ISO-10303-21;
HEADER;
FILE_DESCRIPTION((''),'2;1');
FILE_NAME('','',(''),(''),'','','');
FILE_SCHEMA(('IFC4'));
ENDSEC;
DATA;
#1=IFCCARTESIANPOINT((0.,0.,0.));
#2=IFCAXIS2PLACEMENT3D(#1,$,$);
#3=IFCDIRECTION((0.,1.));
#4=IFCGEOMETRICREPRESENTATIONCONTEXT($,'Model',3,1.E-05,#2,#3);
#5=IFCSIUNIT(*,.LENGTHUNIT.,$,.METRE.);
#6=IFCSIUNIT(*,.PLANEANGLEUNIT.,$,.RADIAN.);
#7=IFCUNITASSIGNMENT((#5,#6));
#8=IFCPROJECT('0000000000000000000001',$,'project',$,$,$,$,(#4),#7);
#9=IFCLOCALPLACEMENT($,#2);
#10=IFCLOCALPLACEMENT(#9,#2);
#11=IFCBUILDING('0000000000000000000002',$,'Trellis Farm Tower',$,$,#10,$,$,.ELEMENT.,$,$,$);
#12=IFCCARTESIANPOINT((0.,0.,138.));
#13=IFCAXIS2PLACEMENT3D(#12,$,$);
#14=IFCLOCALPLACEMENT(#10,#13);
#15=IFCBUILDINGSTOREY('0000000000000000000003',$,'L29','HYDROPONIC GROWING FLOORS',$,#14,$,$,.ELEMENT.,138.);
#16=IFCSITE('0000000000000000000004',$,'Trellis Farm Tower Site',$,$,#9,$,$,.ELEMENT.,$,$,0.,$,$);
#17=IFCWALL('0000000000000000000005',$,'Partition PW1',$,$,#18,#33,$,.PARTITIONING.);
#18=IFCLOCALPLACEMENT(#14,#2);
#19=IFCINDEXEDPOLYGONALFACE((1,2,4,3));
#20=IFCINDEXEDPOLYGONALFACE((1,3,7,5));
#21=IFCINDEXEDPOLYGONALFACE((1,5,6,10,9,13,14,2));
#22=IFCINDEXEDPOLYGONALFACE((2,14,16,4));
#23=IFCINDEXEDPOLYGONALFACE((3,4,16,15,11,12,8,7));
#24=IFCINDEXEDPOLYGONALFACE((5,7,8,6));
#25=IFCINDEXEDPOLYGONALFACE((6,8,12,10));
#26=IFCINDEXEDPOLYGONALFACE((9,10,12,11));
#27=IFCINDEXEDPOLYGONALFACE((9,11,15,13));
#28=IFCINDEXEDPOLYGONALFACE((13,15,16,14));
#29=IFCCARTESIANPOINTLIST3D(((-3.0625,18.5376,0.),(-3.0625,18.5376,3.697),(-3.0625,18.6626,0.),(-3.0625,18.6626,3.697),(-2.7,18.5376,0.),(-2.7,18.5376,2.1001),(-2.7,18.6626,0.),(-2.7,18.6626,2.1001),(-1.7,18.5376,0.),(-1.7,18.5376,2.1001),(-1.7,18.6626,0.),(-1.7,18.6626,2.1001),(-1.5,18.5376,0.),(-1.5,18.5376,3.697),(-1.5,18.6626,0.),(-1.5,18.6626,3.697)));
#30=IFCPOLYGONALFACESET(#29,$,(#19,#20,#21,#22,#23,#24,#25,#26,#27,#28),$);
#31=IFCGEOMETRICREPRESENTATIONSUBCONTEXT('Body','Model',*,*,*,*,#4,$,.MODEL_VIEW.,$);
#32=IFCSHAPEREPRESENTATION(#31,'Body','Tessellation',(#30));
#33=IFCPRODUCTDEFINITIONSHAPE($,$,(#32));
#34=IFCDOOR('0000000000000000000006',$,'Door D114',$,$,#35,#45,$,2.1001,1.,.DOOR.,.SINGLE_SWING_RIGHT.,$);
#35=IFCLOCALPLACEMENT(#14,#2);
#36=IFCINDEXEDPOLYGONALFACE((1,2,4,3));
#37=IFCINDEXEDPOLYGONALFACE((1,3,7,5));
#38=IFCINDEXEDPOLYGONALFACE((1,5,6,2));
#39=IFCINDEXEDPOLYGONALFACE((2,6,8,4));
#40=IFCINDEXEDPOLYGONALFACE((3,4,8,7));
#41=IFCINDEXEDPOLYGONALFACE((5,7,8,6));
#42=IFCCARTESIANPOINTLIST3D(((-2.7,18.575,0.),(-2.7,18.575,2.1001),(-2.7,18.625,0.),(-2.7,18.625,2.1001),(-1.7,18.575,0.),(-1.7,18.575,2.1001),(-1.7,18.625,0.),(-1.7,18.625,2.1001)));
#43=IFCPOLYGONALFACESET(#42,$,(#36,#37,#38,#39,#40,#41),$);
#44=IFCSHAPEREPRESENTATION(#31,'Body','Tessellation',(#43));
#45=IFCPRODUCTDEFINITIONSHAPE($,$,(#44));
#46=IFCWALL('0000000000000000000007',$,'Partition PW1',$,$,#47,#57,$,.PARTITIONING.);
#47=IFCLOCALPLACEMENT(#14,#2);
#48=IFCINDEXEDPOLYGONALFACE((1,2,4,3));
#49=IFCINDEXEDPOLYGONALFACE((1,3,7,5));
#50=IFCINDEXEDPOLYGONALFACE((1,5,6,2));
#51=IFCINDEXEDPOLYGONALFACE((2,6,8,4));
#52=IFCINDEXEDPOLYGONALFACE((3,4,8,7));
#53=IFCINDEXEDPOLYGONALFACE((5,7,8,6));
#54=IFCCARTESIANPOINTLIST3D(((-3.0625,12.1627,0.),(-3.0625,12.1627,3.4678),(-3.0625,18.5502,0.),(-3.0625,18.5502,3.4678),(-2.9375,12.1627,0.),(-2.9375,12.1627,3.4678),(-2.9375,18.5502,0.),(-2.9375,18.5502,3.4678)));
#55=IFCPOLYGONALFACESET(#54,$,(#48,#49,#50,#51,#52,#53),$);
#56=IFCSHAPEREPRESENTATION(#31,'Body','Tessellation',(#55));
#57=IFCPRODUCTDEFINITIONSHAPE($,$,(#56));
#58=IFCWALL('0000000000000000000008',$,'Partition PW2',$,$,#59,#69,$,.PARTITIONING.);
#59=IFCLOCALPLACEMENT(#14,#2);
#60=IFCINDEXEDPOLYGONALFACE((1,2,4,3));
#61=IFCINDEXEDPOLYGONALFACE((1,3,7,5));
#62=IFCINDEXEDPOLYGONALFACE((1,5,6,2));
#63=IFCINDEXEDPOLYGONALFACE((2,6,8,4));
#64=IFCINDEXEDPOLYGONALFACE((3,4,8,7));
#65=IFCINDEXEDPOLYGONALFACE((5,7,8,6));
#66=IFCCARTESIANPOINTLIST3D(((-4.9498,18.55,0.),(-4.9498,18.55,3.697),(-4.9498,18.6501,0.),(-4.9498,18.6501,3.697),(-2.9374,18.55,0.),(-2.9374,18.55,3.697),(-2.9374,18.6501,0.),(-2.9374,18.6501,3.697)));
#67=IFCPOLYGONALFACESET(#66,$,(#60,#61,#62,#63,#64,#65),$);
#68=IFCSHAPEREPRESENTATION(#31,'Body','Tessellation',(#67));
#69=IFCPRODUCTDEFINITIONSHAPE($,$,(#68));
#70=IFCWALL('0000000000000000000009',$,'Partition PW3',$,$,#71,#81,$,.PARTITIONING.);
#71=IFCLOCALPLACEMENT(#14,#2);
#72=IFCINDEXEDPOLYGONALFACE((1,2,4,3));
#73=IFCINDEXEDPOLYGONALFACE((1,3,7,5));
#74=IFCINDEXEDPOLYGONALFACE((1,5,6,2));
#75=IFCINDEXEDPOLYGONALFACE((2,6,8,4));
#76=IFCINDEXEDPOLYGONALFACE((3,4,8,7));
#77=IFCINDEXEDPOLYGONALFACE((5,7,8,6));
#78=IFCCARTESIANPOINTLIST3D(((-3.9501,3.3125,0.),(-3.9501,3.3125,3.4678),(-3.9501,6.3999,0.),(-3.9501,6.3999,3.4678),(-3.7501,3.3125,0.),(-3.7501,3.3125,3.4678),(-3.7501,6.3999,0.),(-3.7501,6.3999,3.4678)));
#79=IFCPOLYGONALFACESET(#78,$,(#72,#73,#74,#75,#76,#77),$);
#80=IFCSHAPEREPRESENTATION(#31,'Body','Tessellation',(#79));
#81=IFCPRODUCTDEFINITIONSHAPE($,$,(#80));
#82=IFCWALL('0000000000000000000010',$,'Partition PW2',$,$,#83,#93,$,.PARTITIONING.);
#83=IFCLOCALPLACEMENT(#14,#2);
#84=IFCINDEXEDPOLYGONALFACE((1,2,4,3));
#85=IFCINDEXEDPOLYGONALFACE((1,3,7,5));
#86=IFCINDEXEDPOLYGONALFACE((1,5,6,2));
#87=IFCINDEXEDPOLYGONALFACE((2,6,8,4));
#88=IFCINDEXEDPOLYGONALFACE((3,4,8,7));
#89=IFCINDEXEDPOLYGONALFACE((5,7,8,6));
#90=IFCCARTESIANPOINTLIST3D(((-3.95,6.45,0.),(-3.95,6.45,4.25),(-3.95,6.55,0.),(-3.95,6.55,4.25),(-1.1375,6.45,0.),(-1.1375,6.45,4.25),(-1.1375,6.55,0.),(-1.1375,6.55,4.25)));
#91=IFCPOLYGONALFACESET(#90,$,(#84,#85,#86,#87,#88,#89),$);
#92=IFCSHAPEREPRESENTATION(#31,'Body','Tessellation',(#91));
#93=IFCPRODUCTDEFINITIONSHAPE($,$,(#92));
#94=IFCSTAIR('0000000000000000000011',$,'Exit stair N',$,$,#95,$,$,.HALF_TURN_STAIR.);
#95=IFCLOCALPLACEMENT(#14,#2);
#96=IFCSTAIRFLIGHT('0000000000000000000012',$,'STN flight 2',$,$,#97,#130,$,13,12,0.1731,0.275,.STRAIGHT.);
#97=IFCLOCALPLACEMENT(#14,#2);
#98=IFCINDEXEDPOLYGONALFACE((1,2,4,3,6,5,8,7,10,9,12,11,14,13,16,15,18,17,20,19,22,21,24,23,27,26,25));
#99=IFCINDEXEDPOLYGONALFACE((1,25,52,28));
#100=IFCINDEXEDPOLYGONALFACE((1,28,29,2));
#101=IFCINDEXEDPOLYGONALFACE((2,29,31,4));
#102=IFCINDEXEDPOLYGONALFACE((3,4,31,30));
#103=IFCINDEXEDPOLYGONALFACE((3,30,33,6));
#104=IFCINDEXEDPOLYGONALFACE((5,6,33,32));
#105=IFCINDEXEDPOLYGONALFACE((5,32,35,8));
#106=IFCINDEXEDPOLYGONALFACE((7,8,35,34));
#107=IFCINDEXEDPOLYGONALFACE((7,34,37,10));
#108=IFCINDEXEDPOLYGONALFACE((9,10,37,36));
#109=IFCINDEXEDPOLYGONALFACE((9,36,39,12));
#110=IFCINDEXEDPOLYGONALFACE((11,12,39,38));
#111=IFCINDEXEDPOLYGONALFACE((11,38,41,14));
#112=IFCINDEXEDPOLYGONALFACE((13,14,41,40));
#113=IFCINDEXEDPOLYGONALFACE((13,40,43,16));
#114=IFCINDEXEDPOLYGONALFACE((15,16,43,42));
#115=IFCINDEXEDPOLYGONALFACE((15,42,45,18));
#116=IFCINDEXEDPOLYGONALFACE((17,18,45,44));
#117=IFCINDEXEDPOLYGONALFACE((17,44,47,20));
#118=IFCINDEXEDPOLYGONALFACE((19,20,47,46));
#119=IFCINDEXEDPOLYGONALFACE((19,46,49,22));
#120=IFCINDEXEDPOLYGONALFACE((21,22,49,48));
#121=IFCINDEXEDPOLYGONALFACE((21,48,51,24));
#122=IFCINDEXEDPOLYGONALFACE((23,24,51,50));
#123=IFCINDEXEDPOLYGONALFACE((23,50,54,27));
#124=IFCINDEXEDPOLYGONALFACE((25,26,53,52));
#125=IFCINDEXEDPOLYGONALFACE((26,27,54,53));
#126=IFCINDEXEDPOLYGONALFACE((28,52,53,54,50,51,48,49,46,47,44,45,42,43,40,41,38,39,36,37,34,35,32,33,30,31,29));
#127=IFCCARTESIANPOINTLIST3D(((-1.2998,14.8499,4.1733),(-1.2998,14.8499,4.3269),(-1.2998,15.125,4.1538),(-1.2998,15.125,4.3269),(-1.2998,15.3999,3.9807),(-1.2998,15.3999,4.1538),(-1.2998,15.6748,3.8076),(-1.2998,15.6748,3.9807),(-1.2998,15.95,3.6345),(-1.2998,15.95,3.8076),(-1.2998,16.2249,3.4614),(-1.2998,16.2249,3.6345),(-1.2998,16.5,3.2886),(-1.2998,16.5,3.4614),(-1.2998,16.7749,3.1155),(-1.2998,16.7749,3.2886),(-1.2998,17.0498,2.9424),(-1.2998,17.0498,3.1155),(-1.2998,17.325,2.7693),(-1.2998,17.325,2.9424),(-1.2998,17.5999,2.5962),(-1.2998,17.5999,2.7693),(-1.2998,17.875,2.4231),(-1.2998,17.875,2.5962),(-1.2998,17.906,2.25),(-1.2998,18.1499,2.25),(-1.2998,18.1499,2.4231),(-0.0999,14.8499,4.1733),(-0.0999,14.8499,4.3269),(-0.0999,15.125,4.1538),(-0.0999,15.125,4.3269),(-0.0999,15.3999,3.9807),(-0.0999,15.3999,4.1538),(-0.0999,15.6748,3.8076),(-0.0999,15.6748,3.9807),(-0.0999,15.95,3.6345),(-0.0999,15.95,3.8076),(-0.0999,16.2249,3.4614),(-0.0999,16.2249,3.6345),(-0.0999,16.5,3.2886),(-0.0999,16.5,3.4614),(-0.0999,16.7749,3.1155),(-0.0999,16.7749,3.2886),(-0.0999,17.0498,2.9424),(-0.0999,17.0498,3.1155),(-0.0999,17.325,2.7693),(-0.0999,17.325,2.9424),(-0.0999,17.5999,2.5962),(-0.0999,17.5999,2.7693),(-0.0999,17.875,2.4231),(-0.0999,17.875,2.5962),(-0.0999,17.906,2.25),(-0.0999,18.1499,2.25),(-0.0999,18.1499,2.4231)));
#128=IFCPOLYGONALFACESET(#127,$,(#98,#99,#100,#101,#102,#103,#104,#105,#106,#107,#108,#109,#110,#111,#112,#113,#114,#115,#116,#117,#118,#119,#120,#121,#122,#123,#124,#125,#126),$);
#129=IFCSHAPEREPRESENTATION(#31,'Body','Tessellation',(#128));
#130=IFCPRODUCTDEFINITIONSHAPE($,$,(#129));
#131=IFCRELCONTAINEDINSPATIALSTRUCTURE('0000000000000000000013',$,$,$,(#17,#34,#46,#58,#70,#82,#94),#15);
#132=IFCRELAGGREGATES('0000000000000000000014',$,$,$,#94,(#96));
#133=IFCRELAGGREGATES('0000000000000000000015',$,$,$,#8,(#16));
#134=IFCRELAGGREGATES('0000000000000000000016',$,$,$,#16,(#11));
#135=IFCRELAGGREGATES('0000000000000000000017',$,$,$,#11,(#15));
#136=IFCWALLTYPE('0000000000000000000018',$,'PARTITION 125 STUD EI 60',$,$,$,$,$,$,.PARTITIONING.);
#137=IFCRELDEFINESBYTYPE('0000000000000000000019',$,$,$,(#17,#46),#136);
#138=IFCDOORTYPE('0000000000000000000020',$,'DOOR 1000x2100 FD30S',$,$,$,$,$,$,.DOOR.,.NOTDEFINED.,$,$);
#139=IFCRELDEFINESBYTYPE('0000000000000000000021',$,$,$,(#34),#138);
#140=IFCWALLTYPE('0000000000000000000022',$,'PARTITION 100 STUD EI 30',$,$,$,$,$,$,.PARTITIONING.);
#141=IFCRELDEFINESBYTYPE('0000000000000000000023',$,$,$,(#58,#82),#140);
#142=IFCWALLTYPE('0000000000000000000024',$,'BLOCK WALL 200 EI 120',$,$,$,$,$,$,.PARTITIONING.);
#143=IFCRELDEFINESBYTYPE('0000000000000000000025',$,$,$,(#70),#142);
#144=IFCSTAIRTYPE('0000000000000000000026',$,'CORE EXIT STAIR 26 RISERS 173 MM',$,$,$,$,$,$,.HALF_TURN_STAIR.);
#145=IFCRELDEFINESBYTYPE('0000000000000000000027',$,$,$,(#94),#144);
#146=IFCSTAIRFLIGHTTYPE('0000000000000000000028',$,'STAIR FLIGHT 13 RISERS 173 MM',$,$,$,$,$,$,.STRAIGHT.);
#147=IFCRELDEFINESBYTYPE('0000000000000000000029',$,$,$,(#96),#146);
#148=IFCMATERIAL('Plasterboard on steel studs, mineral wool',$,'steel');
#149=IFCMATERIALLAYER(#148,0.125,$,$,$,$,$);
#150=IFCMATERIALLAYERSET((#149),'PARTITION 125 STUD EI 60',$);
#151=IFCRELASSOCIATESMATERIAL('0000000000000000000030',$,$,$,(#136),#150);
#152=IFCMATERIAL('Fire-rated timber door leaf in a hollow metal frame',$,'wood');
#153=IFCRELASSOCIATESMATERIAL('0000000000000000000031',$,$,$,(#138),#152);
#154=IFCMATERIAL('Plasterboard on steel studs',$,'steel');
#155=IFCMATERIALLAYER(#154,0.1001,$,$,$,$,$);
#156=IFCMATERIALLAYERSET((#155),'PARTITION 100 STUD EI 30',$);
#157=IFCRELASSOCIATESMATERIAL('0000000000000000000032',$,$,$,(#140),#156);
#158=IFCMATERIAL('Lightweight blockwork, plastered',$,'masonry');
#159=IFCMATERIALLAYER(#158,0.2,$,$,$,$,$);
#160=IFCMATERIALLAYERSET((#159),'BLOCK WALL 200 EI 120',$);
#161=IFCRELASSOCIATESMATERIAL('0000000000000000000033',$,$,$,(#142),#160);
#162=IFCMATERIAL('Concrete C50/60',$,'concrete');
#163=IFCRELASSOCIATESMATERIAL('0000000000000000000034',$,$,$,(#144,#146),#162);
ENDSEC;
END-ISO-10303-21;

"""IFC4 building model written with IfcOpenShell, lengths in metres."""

from ifc_helpers import new_model, si_unit, direction, frame, frame_2d, origin, place, context, subcontext, project, spatial, polyline, rectangle, outline, extrude, source, transform, mapped, material, layer, layer_set, type_object, element, fill, aggregate, save


model = new_model("IFC4")

# Units and contexts
model_context = context("Model", 3, precision=1e-05, world=origin(), true_north=direction((0.0, 1.0)))
body_context = subcontext(model_context, "Body", "Model", "MODEL_VIEW")
ifc_project = project(units=[si_unit("LENGTHUNIT", "METRE"), si_unit("PLANEANGLEUNIT", "RADIAN")], contexts=[model_context])

# Site, building, storey
site_placement = place(None, origin())
site = spatial("IfcSite", under=ifc_project, at=site_placement, Name="Trellis Farm Tower Site", CompositionType="ELEMENT", RefElevation=0.0)
building_placement = place(site_placement, origin())
building = spatial("IfcBuilding", under=site, at=building_placement, Name="Trellis Farm Tower", CompositionType="ELEMENT")
storey_placement = place(building_placement, frame((0.0, 0.0, 138.0)))
storey = spatial("IfcBuildingStorey", under=building, at=storey_placement, Name="L29", Description="HYDROPONIC GROWING FLOORS", CompositionType="ELEMENT", Elevation=138.0)

# Shared definitions
placement = place(storey_placement, origin())

# Shared definitions
ifc_material_1 = material(Name="Plasterboard on steel studs, mineral wool", Category="steel")
ifc_layer_1 = layer(ifc_material_1, 0.125)
ifc_layer_set_1 = layer_set([ifc_layer_1], Name="PARTITION 125 STUD EI 60")
wall_type_1 = type_object("IfcWallType", Name="PARTITION 125 STUD EI 60", PredefinedType="PARTITIONING", material=ifc_layer_set_1)

# Wall, opening, door
shared_shape_1 = source(origin(), body_context, "Body", "SweptSolid", [
    extrude(rectangle(XDim=1.0, YDim=2.1001, at=frame_2d((0.5, 1.05))), frame((0.0, 0.0725, 0.0), z_axis=(0.0, -1.0, 0.0), x_axis=(1.0, 0.0, 0.0)), (0.0, 0.0, 1.0), 0.145),
])
ifc_material_2 = material(Name="Fire-rated timber door leaf in a hollow metal frame", Category="wood")
door_type_1 = type_object("IfcDoorType", Name="DOOR 1000x2100 FD30S", OperationType="NOTDEFINED", PredefinedType="DOOR", material=ifc_material_2)
shared_shape_2 = source(origin(), body_context, "Body", "SweptSolid", [
    extrude(rectangle(XDim=1.0, YDim=2.1001, at=frame_2d((0.5, 1.05))), frame((0.0, 0.0249, 0.0), z_axis=(0.0, -1.0, 0.0), x_axis=(1.0, 0.0, 0.0)), (0.0, 0.0, 1.0), 0.05),
])
shared_shape_3 = source(origin(), body_context, "Body", "SweptSolid", [
    extrude(rectangle(XDim=1.5625, YDim=0.125, at=frame_2d((0.7812, 0.0))), origin(), (0.0, 0.0, 1.0), 3.697),
])
wall_1_placement = place(storey_placement, frame((-3.0625, 18.6001, 0.0), z_axis=(0.0, 0.0, 1.0), x_axis=(1.0, 0.0, 0.0)))
wall_1 = element("IfcWall", 1, at=wall_1_placement, inside=storey, type_object=wall_type_1, Name="Partition PW1", PredefinedType="PARTITIONING", context=body_context, shape_type="MappedRepresentation", body=[
    mapped(shared_shape_3, transform((0.0, 0.0, 0.0))),
])
opening_1_placement = place(wall_1_placement, frame((0.3625, 0.0, 0.0)))
opening_1 = element("IfcOpeningElement", 2, at=opening_1_placement, cuts=wall_1, PredefinedType="OPENING", context=body_context, shape_type="MappedRepresentation", body=[
    mapped(shared_shape_1, transform((0.0, 0.0, 0.0))),
])
door_1_placement = place(opening_1_placement, origin())
door_1 = element("IfcDoor", 3, at=door_1_placement, inside=storey, type_object=door_type_1, Name="Door D114", OperationType="SINGLE_SWING_RIGHT", OverallHeight=2.1001, OverallWidth=1.0, PredefinedType="DOOR", context=body_context, shape_type="MappedRepresentation", body=[
    mapped(shared_shape_2, transform((0.0, 0.0, 0.0))),
])
fill(opening_1, door_1)

# Walls
shared_shape_4 = source(origin(), body_context, "Body", "SweptSolid", [
    extrude(rectangle(XDim=6.3875, YDim=0.125, at=frame_2d((3.1938, 0.0))), origin(), (0.0, 0.0, 1.0), 3.4678),
])
wall_2_placement = place(storey_placement, frame((-3.0, 12.1626, 0.0), z_axis=(0.0, 0.0, 1.0), x_axis=(0.0, 1.0, 0.0)))
element("IfcWall", 4, at=wall_2_placement, inside=storey, type_object=wall_type_1, Name="Partition PW1", PredefinedType="PARTITIONING", context=body_context, shape_type="MappedRepresentation", body=[
    mapped(shared_shape_4, transform((0.0, 0.0, 0.0))),
])
ifc_material_3 = material(Name="Plasterboard on steel studs", Category="steel")
ifc_layer_2 = layer(ifc_material_3, 0.1001)
ifc_layer_set_2 = layer_set([ifc_layer_2], Name="PARTITION 100 STUD EI 30")
wall_type_2 = type_object("IfcWallType", Name="PARTITION 100 STUD EI 30", PredefinedType="PARTITIONING", material=ifc_layer_set_2)
shared_shape_5 = source(origin(), body_context, "Body", "SweptSolid", [
    extrude(rectangle(XDim=2.0125, YDim=0.1001, at=frame_2d((1.0063, 0.0))), origin(), (0.0, 0.0, 1.0), 3.697),
])
wall_3_placement = place(storey_placement, frame((-4.95, 18.6001, 0.0), z_axis=(0.0, 0.0, 1.0), x_axis=(1.0, 0.0, 0.0)))
element("IfcWall", 5, at=wall_3_placement, inside=storey, type_object=wall_type_2, Name="Partition PW2", PredefinedType="PARTITIONING", context=body_context, shape_type="MappedRepresentation", body=[
    mapped(shared_shape_5, transform((0.0, 0.0, 0.0))),
])
ifc_material_4 = material(Name="Lightweight blockwork, plastered", Category="masonry")
ifc_layer_3 = layer(ifc_material_4, 0.2)
ifc_layer_set_3 = layer_set([ifc_layer_3], Name="BLOCK WALL 200 EI 120")
wall_type_3 = type_object("IfcWallType", Name="BLOCK WALL 200 EI 120", PredefinedType="PARTITIONING", material=ifc_layer_set_3)
shared_shape_6 = source(origin(), body_context, "Body", "SweptSolid", [
    extrude(rectangle(XDim=3.0874, YDim=0.2, at=frame_2d((1.5437, 0.0))), origin(), (0.0, 0.0, 1.0), 3.4678),
])
wall_4_placement = place(storey_placement, frame((-3.8501, 3.3125, 0.0), z_axis=(0.0, 0.0, 1.0), x_axis=(0.0, 1.0, 0.0)))
element("IfcWall", 6, at=wall_4_placement, inside=storey, type_object=wall_type_3, Name="Partition PW3", PredefinedType="PARTITIONING", context=body_context, shape_type="MappedRepresentation", body=[
    mapped(shared_shape_6, transform((0.0, 0.0, 0.0))),
])
shared_shape_7 = source(origin(), body_context, "Body", "SweptSolid", [
    extrude(rectangle(XDim=2.8125, YDim=0.1001, at=frame_2d((1.4062, 0.0))), origin(), (0.0, 0.0, 1.0), 4.25),
])
wall_5_placement = place(storey_placement, frame((-3.95, 6.5, 0.0), z_axis=(0.0, 0.0, 1.0), x_axis=(1.0, 0.0, 0.0)))
element("IfcWall", 7, at=wall_5_placement, inside=storey, type_object=wall_type_2, Name="Partition PW2", PredefinedType="PARTITIONING", context=body_context, shape_type="MappedRepresentation", body=[
    mapped(shared_shape_7, transform((0.0, 0.0, 0.0))),
])

# Stair, stair flight
ifc_material_5 = material(Name="Concrete C50/60", Category="concrete")
stair_type = type_object("IfcStairType", Name="CORE EXIT STAIR 26 RISERS 173 MM", PredefinedType="HALF_TURN_STAIR", material=ifc_material_5)
stair = element("IfcStair", 8, at=placement, inside=storey, type_object=stair_type, Name="Exit stair N", PredefinedType="HALF_TURN_STAIR")
stair_flight_type = type_object("IfcStairFlightType", Name="STAIR FLIGHT 13 RISERS 173 MM", PredefinedType="STRAIGHT", material=ifc_material_5)
shared_shape_8 = source(origin(), body_context, "Body", "SweptSolid", [
    extrude(outline(polyline([(0.0, 0.0), (0.0, 0.1731), (0.2749, 0.1731), (0.2749, 0.3462), (0.55, 0.3462), (0.55, 0.5193), (0.825, 0.5193), (0.825, 0.6924), (1.1001, 0.6924), (1.1001, 0.8655), (1.375, 0.8655), (1.375, 1.0386), (1.6499, 1.0386), (1.6499, 1.2114), (1.925, 1.2114), (1.925, 1.3845), (2.2, 1.3845), (2.2, 1.5576), (2.4751, 1.5576), (2.4751, 1.7307), (2.75, 1.7307), (2.75, 1.9038), (3.0249, 1.9038), (3.0249, 2.0769), (3.3, 2.0769), (3.3, 2.25), (3.3, 1.9233), (0.2439, 0.0), (0.0, 0.0)])), frame((0.0, 0.6001, 0.0), z_axis=(0.0, -1.0, 0.0), x_axis=(1.0, 0.0, 0.0)), (0.0, 0.0, 1.0), 1.2),
])
stair_flight_placement = place(storey_placement, frame((-0.7, 18.1499, 2.25), z_axis=(0.0, 0.0, 1.0), x_axis=(0.0, -1.0, 0.0)))
stair_flight = element("IfcStairFlight", 9, at=stair_flight_placement, type_object=stair_flight_type, Name="STN flight 2", NumberOfRisers=13, NumberOfTreads=12, PredefinedType="STRAIGHT", RiserHeight=0.1731, TreadLength=0.275, context=body_context, shape_type="MappedRepresentation", body=[
    mapped(shared_shape_8, transform((0.0, 0.0, 0.0))),
])
aggregate(stair, [stair_flight])

save(model, "model.ifc")
